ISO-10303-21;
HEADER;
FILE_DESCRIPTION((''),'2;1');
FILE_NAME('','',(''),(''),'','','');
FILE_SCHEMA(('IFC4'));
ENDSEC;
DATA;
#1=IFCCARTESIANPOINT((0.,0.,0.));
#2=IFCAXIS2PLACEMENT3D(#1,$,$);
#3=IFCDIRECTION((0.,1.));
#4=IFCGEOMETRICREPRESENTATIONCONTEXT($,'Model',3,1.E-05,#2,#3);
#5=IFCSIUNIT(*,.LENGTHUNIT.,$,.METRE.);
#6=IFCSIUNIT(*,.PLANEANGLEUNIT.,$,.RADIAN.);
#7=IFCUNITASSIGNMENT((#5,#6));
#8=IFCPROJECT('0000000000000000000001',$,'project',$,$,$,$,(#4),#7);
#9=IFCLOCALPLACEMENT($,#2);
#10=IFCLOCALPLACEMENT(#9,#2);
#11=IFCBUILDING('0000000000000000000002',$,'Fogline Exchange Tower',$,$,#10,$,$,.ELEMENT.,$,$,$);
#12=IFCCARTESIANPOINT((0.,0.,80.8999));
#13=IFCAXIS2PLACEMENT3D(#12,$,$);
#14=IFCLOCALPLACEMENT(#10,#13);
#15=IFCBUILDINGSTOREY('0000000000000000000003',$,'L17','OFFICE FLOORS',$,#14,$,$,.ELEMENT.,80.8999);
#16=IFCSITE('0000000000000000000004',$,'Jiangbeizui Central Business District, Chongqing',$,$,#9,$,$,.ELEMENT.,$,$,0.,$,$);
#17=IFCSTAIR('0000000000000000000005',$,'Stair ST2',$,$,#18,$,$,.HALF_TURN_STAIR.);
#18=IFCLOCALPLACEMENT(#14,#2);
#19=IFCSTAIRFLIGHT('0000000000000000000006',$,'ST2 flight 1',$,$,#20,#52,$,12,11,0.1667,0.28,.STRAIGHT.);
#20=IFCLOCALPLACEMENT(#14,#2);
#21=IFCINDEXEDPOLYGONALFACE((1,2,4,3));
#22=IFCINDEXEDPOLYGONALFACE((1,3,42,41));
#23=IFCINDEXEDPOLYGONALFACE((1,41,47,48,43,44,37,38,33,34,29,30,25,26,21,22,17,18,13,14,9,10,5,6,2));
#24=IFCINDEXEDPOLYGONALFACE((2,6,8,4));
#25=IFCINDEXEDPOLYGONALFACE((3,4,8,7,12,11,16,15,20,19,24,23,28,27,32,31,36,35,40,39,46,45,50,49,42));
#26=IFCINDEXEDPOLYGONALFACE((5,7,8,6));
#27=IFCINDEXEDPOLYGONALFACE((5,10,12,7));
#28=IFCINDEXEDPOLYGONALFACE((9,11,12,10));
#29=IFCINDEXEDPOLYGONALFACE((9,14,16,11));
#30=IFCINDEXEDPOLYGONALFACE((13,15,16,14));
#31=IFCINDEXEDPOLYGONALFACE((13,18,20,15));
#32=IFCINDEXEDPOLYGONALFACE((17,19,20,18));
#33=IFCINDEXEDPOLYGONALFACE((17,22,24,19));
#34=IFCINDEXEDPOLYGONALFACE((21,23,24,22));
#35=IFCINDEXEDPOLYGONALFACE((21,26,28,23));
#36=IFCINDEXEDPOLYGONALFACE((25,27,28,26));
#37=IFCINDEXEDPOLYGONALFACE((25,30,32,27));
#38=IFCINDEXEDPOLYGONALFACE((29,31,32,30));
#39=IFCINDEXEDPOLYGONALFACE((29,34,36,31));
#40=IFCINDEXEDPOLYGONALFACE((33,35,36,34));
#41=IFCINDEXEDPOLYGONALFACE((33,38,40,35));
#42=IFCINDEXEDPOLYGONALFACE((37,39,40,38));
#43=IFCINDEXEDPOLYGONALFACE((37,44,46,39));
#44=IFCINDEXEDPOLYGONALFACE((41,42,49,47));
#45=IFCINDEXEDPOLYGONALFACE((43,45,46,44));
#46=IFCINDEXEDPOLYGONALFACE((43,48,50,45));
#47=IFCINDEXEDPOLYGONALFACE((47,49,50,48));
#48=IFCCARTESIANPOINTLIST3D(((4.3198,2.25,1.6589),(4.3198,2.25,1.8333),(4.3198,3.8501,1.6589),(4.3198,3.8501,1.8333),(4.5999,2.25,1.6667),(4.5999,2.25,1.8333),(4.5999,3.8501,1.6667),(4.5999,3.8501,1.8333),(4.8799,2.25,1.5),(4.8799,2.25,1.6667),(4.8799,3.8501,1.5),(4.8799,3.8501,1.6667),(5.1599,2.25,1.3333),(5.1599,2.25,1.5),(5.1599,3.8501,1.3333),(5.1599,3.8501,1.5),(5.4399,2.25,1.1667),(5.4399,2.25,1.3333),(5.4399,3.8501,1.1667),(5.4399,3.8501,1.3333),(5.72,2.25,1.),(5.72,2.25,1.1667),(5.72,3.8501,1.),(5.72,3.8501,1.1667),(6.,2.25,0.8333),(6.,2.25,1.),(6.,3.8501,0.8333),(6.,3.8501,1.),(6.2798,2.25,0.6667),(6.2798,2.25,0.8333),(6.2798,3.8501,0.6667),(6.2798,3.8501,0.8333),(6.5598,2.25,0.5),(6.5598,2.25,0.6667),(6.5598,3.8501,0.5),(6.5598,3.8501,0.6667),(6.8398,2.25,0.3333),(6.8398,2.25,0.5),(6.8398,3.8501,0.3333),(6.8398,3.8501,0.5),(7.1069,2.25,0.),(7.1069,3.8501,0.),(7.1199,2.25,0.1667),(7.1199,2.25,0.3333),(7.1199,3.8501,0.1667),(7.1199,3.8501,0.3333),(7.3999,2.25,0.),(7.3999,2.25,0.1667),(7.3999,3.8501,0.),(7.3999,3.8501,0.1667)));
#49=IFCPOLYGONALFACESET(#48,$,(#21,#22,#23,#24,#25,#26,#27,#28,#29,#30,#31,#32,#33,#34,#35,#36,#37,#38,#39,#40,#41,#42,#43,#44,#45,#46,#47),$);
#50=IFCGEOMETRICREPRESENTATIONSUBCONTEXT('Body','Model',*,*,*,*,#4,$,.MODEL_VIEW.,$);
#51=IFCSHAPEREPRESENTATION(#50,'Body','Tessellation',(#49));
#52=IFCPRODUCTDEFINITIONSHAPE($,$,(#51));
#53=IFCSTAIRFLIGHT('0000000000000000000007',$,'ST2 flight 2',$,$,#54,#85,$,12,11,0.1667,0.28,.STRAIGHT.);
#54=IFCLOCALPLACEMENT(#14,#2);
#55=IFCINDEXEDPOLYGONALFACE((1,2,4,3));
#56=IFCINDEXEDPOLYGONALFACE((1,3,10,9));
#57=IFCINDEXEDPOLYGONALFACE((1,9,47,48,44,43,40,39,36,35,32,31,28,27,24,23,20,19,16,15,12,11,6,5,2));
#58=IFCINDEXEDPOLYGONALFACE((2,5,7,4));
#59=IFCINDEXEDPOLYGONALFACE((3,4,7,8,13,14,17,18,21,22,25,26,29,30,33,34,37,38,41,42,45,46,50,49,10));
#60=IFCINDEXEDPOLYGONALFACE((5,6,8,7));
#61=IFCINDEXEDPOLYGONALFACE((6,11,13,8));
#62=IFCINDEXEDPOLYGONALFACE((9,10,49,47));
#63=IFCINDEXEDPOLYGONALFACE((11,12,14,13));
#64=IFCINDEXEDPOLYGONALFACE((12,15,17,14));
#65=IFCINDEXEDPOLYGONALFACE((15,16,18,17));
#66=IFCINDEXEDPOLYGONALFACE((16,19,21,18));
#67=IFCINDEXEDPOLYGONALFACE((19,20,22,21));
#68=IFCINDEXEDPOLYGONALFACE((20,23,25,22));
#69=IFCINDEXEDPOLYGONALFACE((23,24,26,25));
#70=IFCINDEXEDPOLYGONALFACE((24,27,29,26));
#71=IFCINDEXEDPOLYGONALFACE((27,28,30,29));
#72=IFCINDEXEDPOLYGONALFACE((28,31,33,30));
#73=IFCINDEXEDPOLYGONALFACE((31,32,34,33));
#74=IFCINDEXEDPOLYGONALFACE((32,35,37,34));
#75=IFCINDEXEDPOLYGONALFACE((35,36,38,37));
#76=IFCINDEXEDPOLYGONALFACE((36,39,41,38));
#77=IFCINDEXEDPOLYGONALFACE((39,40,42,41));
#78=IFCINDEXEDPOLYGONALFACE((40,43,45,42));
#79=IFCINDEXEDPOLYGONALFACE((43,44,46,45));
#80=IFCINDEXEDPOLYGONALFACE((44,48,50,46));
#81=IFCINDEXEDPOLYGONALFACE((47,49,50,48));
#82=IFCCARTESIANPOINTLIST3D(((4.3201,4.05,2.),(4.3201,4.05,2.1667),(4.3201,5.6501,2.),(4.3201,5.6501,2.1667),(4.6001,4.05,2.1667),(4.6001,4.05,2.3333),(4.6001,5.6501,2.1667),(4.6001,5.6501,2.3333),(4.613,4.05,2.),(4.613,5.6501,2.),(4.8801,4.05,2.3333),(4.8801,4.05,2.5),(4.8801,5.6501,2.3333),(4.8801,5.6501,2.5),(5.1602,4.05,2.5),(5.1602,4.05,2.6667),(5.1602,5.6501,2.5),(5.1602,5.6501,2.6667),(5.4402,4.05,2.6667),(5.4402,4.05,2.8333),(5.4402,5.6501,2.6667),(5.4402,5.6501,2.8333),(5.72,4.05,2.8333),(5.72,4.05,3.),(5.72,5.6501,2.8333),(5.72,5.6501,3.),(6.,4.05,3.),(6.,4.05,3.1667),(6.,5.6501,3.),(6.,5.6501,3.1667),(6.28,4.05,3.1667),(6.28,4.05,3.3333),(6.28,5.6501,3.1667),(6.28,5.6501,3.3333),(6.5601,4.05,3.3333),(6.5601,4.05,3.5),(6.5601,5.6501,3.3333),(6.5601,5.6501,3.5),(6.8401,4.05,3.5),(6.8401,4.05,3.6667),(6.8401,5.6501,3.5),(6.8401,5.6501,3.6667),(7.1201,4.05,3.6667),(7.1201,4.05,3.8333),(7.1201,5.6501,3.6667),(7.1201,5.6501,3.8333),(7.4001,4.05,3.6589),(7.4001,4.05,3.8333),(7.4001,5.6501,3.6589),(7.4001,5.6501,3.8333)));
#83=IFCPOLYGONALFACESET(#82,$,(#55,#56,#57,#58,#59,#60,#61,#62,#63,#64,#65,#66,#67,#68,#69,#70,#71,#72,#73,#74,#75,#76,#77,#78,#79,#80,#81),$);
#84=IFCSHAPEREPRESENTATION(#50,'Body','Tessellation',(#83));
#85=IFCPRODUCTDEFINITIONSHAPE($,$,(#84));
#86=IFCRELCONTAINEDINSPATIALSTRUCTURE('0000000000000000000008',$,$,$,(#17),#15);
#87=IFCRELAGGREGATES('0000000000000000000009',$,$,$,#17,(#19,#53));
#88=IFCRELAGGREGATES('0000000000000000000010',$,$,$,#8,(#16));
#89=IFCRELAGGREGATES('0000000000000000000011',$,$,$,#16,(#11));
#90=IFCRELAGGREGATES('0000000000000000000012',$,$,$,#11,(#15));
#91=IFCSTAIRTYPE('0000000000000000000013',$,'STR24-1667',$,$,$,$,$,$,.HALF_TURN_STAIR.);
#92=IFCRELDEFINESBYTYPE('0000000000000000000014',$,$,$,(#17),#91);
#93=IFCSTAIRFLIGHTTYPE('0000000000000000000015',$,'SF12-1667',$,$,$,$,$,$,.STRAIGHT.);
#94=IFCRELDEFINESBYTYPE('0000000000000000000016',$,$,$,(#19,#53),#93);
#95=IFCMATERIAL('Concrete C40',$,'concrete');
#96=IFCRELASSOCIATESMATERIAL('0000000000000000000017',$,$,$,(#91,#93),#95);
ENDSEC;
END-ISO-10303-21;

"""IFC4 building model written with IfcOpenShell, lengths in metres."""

from ifc_helpers import new_model, si_unit, direction, frame, origin, place, context, subcontext, project, spatial, polyline, outline, extrude, material, type_object, element, aggregate, save


model = new_model("IFC4")

# Units and contexts
model_context = context("Model", 3, precision=1e-05, world=origin(), true_north=direction((0.0, 1.0)))
body_context = subcontext(model_context, "Body", "Model", "MODEL_VIEW")
ifc_project = project(units=[si_unit("LENGTHUNIT", "METRE"), si_unit("PLANEANGLEUNIT", "RADIAN")], contexts=[model_context])

# Site, building, storey
site_placement = place(None, origin())
site = spatial("IfcSite", under=ifc_project, at=site_placement, Name="Jiangbeizui Central Business District, Chongqing", CompositionType="ELEMENT", RefElevation=0.0)
building_placement = place(site_placement, origin())
building = spatial("IfcBuilding", under=site, at=building_placement, Name="Fogline Exchange Tower", CompositionType="ELEMENT")
storey_placement = place(building_placement, frame((0.0, 0.0, 80.8999)))
storey = spatial("IfcBuildingStorey", under=building, at=storey_placement, Name="L17", Description="OFFICE FLOORS", CompositionType="ELEMENT", Elevation=80.8999)

# Shared definitions
ifc_material_1 = material(Name="Concrete C40", Category="concrete")

# Stair
stair_type = type_object("IfcStairType", Name="STR24-1667", PredefinedType="HALF_TURN_STAIR", material=ifc_material_1)
stair_1_placement = place(storey_placement, origin())
stair_1 = element("IfcStair", 1, at=stair_1_placement, inside=storey, type_object=stair_type, Name="Stair ST2", PredefinedType="HALF_TURN_STAIR")

# Stair flights
stair_flight_type = type_object("IfcStairFlightType", Name="SF12-1667", PredefinedType="STRAIGHT", material=ifc_material_1)
stair_flight_1_placement = place(storey_placement, frame((7.3999, 3.05, 0.0), z_axis=(0.0, 0.0, 1.0), x_axis=(-1.0, 0.0, 0.0)))
stair_flight_1 = element("IfcStairFlight", 2, at=stair_flight_1_placement, type_object=stair_flight_type, Name="ST2 flight 1", NumberOfRisers=12, NumberOfTreads=11, PredefinedType="STRAIGHT", RiserHeight=0.1667, TreadLength=0.28, context=body_context, shape_type="SweptSolid", body=[
    extrude(outline(polyline([(0.0, 0.0), (0.0, 0.1667), (0.28, 0.1667), (0.28, 0.3333), (0.5601, 0.3333), (0.5601, 0.5), (0.8401, 0.5), (0.8401, 0.6667), (1.1201, 0.6667), (1.1201, 0.8333), (1.3999, 0.8333), (1.3999, 1.0), (1.6799, 1.0), (1.6799, 1.1667), (1.96, 1.1667), (1.96, 1.3333), (2.24, 1.3333), (2.24, 1.5), (2.52, 1.5), (2.52, 1.6667), (2.8, 1.6667), (2.8, 1.8333), (3.0801, 1.8333), (3.0801, 2.0), (3.0801, 1.6589), (0.293, 0.0), (0.0, 0.0)])), frame((0.0, 0.8, 0.0), z_axis=(0.0, -1.0, 0.0), x_axis=(1.0, 0.0, 0.0)), (0.0, 0.0, 1.0), 1.6001),
])
stair_flight_2_placement = place(storey_placement, frame((4.3201, 4.8501, 2.0), z_axis=(0.0, 0.0, 1.0), x_axis=(1.0, 0.0, 0.0)))
stair_flight_2 = element("IfcStairFlight", 3, at=stair_flight_2_placement, type_object=stair_flight_type, Name="ST2 flight 2", NumberOfRisers=12, NumberOfTreads=11, PredefinedType="STRAIGHT", RiserHeight=0.1667, TreadLength=0.28, context=body_context, shape_type="SweptSolid", body=[
    extrude(outline(polyline([(0.0, 0.0), (0.0, 0.1667), (0.28, 0.1667), (0.28, 0.3333), (0.5601, 0.3333), (0.5601, 0.5), (0.8401, 0.5), (0.8401, 0.6667), (1.1201, 0.6667), (1.1201, 0.8333), (1.3999, 0.8333), (1.3999, 1.0), (1.6799, 1.0), (1.6799, 1.1667), (1.96, 1.1667), (1.96, 1.3333), (2.24, 1.3333), (2.24, 1.5), (2.52, 1.5), (2.52, 1.6667), (2.8, 1.6667), (2.8, 1.8333), (3.0801, 1.8333), (3.0801, 2.0), (3.0801, 1.6589), (0.293, 0.0), (0.0, 0.0)])), frame((0.0, 0.8, 0.0), z_axis=(0.0, -1.0, 0.0), x_axis=(1.0, 0.0, 0.0)), (0.0, 0.0, 1.0), 1.6001),
])
aggregate(stair_1, [stair_flight_1, stair_flight_2])

save(model, "model.ifc")
